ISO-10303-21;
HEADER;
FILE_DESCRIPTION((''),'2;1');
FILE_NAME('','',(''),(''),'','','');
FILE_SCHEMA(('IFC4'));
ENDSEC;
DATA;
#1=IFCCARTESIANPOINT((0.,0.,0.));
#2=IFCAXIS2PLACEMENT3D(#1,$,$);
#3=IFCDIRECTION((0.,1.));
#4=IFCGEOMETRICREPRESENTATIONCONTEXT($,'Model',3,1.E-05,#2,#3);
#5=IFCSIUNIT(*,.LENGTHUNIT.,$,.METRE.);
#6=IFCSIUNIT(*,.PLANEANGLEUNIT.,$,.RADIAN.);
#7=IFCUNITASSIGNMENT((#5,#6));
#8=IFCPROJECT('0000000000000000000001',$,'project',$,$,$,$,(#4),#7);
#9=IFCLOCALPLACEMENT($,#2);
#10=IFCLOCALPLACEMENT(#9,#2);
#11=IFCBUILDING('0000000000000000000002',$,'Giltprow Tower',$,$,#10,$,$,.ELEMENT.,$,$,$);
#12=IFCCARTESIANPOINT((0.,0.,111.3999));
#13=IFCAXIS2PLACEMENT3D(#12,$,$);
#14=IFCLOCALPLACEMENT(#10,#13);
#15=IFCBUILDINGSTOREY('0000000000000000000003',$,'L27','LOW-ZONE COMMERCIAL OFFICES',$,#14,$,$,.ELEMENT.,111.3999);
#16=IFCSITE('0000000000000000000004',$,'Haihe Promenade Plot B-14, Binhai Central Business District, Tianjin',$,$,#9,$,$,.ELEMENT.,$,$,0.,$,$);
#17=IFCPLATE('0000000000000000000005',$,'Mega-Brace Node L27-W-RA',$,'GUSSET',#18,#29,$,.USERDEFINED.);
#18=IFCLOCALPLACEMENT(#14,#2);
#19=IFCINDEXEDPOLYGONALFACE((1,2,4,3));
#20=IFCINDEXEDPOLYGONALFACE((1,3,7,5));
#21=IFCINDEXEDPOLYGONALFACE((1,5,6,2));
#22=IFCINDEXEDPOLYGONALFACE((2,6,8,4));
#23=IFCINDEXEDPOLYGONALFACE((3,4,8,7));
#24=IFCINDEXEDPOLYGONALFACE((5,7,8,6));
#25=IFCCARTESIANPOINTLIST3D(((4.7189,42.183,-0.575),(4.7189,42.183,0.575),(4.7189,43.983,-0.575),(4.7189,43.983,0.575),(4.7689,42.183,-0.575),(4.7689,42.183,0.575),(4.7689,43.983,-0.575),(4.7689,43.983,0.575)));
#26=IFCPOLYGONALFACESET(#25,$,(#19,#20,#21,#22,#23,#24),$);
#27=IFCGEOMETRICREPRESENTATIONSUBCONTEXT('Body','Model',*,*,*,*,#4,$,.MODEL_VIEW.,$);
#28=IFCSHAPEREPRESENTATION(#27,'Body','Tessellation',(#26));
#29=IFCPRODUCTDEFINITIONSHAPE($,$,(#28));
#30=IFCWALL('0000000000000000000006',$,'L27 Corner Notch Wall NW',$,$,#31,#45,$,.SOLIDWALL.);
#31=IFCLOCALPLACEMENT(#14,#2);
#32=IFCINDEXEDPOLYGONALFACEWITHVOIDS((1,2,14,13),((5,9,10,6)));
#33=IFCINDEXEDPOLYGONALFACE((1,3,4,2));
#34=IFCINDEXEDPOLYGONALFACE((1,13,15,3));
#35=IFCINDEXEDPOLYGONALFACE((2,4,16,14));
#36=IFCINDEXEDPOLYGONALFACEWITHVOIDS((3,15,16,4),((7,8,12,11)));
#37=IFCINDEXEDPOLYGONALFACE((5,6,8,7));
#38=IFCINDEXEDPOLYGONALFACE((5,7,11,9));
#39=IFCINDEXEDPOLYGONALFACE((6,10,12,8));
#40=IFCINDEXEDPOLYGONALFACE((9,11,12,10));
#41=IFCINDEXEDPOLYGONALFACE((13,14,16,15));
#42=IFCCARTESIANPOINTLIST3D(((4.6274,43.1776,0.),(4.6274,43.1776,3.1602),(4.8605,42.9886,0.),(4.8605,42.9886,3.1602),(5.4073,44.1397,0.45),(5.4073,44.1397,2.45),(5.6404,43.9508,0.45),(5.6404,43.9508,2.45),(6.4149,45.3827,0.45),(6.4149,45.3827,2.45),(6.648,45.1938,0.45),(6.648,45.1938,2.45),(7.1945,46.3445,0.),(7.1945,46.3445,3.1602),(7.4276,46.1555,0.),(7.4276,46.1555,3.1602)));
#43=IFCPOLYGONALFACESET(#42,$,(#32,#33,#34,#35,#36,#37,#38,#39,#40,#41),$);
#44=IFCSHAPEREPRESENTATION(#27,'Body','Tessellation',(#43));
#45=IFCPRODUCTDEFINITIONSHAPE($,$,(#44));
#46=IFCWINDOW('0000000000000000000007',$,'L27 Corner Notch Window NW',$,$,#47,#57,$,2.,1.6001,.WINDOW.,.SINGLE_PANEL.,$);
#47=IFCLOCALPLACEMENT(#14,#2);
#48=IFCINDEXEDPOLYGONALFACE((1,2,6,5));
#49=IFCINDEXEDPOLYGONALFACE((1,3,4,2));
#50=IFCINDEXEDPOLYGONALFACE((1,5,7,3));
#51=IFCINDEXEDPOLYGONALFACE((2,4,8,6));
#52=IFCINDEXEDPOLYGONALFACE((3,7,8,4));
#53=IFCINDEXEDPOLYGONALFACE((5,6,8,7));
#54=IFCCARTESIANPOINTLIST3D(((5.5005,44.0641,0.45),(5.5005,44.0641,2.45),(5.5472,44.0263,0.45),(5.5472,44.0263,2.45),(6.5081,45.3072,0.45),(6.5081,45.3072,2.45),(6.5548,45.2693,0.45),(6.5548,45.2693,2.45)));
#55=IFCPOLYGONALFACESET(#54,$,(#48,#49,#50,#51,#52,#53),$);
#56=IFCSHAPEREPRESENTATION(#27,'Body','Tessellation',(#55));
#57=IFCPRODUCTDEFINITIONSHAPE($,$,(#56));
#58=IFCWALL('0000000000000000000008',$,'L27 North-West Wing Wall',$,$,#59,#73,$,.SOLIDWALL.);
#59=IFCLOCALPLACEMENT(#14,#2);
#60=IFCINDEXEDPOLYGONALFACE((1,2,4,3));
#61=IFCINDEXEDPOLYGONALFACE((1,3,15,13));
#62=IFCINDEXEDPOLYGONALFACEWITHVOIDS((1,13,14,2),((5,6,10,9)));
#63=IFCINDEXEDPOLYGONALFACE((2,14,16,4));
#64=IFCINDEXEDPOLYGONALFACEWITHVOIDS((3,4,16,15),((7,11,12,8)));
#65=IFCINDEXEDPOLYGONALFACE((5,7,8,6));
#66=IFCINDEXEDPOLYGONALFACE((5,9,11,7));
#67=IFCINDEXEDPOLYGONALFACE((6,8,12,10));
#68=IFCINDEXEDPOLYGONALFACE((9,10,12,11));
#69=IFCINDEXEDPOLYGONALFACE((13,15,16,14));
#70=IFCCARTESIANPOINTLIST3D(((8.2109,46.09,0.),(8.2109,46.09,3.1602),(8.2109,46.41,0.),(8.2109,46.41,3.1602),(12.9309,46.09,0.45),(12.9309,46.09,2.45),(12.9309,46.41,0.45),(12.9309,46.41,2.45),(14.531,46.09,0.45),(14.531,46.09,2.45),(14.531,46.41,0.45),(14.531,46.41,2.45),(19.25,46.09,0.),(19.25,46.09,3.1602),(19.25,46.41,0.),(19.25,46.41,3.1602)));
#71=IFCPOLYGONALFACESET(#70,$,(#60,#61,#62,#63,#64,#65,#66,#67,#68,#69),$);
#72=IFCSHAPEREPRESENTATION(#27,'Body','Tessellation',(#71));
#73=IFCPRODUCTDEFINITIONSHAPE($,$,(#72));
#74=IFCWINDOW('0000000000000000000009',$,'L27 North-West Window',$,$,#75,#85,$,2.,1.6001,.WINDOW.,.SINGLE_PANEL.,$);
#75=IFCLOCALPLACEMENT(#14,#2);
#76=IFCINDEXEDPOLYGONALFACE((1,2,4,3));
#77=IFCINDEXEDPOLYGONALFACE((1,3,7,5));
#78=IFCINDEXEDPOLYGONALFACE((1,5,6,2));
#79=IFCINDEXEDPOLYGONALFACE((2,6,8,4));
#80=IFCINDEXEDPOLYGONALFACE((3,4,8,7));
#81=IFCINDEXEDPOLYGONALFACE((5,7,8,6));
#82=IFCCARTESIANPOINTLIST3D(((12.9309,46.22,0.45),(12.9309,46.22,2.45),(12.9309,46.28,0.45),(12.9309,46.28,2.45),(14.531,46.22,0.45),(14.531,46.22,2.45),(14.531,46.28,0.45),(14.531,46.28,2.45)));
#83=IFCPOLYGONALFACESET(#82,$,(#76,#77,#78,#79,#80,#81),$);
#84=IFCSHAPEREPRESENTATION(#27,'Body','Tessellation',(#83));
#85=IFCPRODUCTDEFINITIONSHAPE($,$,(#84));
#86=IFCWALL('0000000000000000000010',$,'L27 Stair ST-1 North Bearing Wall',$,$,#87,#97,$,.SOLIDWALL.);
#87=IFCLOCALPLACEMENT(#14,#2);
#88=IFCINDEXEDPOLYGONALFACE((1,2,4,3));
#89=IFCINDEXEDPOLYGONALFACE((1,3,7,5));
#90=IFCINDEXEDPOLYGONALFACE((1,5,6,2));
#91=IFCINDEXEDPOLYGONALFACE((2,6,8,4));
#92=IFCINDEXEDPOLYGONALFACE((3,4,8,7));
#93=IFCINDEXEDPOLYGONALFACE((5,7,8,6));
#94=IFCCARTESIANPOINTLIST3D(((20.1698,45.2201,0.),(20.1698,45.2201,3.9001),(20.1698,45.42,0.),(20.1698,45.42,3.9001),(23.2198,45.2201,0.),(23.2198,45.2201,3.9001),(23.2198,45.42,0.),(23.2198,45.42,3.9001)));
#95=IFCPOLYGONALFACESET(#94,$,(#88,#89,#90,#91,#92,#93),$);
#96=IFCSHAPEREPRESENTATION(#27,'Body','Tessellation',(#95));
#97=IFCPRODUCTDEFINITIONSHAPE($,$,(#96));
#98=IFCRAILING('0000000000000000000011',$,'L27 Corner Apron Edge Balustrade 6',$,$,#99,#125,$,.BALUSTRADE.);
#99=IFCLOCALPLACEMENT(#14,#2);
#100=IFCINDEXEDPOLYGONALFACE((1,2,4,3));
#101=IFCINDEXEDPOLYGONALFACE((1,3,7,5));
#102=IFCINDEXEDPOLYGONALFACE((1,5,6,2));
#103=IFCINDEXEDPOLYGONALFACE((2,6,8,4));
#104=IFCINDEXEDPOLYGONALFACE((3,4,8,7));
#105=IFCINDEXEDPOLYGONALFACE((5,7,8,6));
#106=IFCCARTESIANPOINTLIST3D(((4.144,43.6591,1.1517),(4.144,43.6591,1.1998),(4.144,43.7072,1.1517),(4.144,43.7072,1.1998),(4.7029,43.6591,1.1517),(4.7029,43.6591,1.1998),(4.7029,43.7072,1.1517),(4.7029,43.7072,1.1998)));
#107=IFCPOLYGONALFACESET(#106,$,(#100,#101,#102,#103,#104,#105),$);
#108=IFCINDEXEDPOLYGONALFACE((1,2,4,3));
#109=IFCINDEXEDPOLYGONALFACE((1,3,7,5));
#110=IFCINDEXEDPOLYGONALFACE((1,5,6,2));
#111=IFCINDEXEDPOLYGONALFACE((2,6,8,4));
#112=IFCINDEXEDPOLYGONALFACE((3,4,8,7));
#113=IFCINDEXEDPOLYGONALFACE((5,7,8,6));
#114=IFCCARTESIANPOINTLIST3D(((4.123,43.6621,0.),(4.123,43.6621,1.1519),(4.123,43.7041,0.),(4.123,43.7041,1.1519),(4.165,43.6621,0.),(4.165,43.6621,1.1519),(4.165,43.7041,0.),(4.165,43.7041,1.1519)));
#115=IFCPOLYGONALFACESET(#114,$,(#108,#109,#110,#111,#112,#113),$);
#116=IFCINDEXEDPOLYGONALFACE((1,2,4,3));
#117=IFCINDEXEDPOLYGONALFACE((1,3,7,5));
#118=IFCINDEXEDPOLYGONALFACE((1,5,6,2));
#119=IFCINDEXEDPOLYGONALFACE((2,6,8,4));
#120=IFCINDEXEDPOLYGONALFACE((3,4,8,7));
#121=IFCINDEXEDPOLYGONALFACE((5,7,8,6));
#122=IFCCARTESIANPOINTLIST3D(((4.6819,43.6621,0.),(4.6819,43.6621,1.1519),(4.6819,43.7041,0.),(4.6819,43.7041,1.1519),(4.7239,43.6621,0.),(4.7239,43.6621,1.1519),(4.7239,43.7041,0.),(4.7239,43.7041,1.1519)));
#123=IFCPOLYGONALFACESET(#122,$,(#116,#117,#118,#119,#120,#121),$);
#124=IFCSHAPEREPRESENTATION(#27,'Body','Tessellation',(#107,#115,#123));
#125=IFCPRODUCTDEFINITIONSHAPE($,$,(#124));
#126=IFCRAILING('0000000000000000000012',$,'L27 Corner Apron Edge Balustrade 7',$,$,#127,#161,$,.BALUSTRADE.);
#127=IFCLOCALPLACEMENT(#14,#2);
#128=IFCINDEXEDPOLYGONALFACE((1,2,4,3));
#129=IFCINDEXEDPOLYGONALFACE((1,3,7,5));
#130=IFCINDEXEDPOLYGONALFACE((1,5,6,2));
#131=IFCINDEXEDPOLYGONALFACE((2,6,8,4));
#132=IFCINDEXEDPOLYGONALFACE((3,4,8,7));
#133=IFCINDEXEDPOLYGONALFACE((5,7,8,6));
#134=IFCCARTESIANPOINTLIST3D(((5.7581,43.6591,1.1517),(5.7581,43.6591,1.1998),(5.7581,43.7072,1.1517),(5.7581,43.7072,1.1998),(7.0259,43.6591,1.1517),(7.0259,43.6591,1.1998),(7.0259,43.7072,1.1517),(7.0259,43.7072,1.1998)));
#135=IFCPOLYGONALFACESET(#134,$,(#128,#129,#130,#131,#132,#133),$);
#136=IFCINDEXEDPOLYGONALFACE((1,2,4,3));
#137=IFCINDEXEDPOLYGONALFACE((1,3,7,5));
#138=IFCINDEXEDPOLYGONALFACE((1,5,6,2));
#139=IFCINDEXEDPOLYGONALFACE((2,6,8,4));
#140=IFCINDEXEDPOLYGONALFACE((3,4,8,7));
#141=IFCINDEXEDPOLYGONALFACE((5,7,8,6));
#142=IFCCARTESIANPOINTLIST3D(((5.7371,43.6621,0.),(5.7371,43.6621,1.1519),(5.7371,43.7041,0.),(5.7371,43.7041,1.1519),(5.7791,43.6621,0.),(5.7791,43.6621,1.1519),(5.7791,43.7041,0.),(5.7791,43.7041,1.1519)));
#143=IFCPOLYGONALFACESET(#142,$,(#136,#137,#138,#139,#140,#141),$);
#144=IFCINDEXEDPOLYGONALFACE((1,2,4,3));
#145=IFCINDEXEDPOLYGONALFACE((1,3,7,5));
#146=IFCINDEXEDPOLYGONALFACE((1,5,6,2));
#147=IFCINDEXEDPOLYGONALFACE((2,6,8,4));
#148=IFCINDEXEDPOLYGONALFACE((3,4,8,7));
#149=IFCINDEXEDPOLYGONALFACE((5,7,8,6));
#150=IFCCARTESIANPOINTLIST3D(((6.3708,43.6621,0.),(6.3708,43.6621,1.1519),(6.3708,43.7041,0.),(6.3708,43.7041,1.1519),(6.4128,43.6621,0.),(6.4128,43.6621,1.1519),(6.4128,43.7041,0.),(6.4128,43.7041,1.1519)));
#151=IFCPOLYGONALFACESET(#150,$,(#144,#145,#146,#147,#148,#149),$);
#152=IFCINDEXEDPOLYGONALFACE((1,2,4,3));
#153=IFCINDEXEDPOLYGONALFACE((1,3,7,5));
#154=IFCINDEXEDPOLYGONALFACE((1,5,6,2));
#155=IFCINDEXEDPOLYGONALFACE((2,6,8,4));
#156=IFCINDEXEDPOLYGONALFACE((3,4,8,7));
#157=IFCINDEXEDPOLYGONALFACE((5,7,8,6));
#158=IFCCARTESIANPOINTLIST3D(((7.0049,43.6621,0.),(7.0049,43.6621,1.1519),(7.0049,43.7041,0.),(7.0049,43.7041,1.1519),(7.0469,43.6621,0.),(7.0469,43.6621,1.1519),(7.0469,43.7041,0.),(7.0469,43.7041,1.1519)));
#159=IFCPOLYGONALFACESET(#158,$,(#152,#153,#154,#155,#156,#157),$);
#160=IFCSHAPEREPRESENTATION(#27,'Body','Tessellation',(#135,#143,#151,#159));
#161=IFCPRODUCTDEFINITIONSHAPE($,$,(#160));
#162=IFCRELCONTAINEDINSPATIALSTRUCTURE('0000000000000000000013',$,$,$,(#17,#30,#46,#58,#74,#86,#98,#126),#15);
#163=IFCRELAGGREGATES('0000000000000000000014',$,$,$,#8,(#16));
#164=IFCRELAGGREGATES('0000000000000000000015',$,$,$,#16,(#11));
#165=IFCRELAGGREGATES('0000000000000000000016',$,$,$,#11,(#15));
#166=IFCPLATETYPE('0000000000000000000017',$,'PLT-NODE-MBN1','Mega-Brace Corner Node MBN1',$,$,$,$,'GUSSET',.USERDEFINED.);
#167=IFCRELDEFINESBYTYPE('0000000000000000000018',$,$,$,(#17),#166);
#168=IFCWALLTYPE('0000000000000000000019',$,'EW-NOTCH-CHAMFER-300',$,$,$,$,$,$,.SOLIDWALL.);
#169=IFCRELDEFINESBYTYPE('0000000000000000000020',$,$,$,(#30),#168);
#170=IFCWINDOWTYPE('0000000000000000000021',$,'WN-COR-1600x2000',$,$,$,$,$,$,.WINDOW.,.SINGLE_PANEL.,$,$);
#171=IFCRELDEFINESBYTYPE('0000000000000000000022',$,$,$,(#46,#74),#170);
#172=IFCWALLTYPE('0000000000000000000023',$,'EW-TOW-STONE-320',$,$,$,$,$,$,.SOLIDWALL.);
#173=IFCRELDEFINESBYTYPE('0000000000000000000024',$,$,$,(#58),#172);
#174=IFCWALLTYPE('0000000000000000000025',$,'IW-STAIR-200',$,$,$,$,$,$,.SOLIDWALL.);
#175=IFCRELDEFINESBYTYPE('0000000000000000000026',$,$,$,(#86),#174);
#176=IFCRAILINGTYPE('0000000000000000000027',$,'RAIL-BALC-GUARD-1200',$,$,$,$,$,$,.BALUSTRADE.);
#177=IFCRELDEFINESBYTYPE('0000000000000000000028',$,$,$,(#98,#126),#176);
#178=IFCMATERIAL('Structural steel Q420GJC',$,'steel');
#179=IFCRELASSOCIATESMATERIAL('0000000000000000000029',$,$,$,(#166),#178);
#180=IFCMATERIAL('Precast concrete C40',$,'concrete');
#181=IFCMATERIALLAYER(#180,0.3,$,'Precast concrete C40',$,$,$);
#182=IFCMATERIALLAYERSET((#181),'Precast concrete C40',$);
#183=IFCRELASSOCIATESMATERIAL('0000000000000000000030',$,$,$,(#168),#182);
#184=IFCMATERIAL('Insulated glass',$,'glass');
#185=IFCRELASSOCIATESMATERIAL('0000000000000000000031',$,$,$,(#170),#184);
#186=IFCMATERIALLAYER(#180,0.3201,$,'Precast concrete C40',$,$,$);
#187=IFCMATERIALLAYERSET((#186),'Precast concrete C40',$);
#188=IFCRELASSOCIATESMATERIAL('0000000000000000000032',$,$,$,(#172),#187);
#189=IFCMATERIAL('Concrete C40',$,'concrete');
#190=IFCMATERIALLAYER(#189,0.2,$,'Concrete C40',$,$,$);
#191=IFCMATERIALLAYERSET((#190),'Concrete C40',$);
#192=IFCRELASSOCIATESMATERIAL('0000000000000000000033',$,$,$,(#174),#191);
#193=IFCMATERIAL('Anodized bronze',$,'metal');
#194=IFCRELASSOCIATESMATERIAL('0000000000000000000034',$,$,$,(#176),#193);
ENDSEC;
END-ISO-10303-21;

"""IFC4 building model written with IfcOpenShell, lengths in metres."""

from ifc_helpers import new_model, si_unit, direction, frame, frame_2d, origin, origin_2d, place, context, subcontext, project, spatial, rectangle, extrude, source, transform, mapped, material, layer, layer_set, type_object, element, fill, save


model = new_model("IFC4")

# Units and contexts
model_context = context("Model", 3, precision=1e-05, world=origin(), true_north=direction((0.0, 1.0)))
body_context = subcontext(model_context, "Body", "Model", "MODEL_VIEW")
ifc_project = project(units=[si_unit("LENGTHUNIT", "METRE"), si_unit("PLANEANGLEUNIT", "RADIAN")], contexts=[model_context])

# Site, building, storey
site_placement = place(None, origin())
site = spatial("IfcSite", under=ifc_project, at=site_placement, Name="Haihe Promenade Plot B-14, Binhai Central Business District, Tianjin", CompositionType="ELEMENT", RefElevation=0.0)
building_placement = place(site_placement, origin())
building = spatial("IfcBuilding", under=site, at=building_placement, Name="Giltprow Tower", CompositionType="ELEMENT")
storey_placement = place(building_placement, frame((0.0, 0.0, 111.3999)))
storey = spatial("IfcBuildingStorey", under=building, at=storey_placement, Name="L27", Description="LOW-ZONE COMMERCIAL OFFICES", CompositionType="ELEMENT", Elevation=111.3999)

# Shared definitions
ifc_material_1 = material(Name="Structural steel Q420GJC", Category="steel")

# Plate
plate_type = type_object("IfcPlateType", Name="PLT-NODE-MBN1", Description="Mega-Brace Corner Node MBN1", ElementType="GUSSET", PredefinedType="USERDEFINED", material=ifc_material_1)
shared_shape_1 = source(origin(), body_context, "Body", "SweptSolid", [
    extrude(rectangle(XDim=1.8, YDim=0.05, at=origin_2d()), origin(), (0.0, 0.0, 1.0), 1.1499),
])
for number, where, z_axis, x_axis, name in (
    (1, (4.7439, 43.083, -0.575), (0.0, 0.0, 1.0), (0.0, 1.0, 0.0), "Mega-Brace Node L27-W-RA"),
):
    element("IfcPlate", number, at=place(storey_placement, frame(where, z_axis=z_axis, x_axis=x_axis)), inside=storey, type_object=plate_type, Name=name, ObjectType="GUSSET", PredefinedType="USERDEFINED", context=body_context, shape_type="MappedRepresentation", body=[
        mapped(shared_shape_1, transform((0.0, 0.0, 0.0), x_axis=(1.0, 0.0, 0.0), y_axis=(0.0, 1.0, 0.0), z_axis=(0.0, 0.0, 1.0), scale=1.0)),
    ])

# Walls, openings, windows
ifc_material_2 = material(Name="Precast concrete C40", Category="concrete")
ifc_layer_1 = layer(ifc_material_2, 0.3, Name="Precast concrete C40")
ifc_layer_set_1 = layer_set([ifc_layer_1], Name="Precast concrete C40")
wall_type_1 = type_object("IfcWallType", Name="EW-NOTCH-CHAMFER-300", PredefinedType="SOLIDWALL", material=ifc_layer_set_1)
wall_1_placement = place(storey_placement, frame((7.311, 46.25, 0.0), z_axis=(0.0, 0.0, 1.0), x_axis=(-0.629699, -0.776839, 0.0)))
wall_1 = element("IfcWall", 2, at=wall_1_placement, inside=storey, type_object=wall_type_1, Name="L27 Corner Notch Wall NW", PredefinedType="SOLIDWALL", context=body_context, shape_type="SweptSolid", body=[
    extrude(rectangle(XDim=4.0767, YDim=0.3, at=frame_2d((2.0383, 0.0))), origin(), (0.0, 0.0, 1.0), 3.1602),
])
opening_1_placement = place(wall_1_placement, frame((1.238, 0.0, 0.45)))
opening_1 = element("IfcOpeningElement", 3, at=opening_1_placement, cuts=wall_1, PredefinedType="OPENING", context=body_context, shape_type="SweptSolid", body=[
    extrude(rectangle(XDim=1.6001, YDim=2.0, at=frame_2d((0.8, 1.0))), frame((0.0, 0.1599, 0.0), z_axis=(0.0, -1.0, 0.0), x_axis=(1.0, 0.0, 0.0)), (0.0, 0.0, 1.0), 0.3201),
])
ifc_material_3 = material(Name="Insulated glass", Category="glass")
window_type = type_object("IfcWindowType", Name="WN-COR-1600x2000", PartitioningType="SINGLE_PANEL", PredefinedType="WINDOW", material=ifc_material_3)
shared_shape_2 = source(origin(), body_context, "Body", "SweptSolid", [
    extrude(rectangle(XDim=1.6001, YDim=2.0, at=frame_2d((0.8, 1.0))), frame((0.0, 0.03, 0.0), z_axis=(0.0, -1.0, 0.0), x_axis=(1.0, 0.0, 0.0)), (0.0, 0.0, 1.0), 0.0601),
])
window_1_placement = place(opening_1_placement, origin())
window_1 = element("IfcWindow", 4, at=window_1_placement, inside=storey, type_object=window_type, Name="L27 Corner Notch Window NW", OverallHeight=2.0, OverallWidth=1.6001, PartitioningType="SINGLE_PANEL", PredefinedType="WINDOW", context=body_context, shape_type="MappedRepresentation", body=[
    mapped(shared_shape_2, transform((0.0, 0.0, 0.0), x_axis=(1.0, 0.0, 0.0), y_axis=(0.0, 1.0, 0.0), z_axis=(0.0, 0.0, 1.0), scale=1.0)),
])
fill(opening_1, window_1)
ifc_layer_2 = layer(ifc_material_2, 0.3201, Name="Precast concrete C40")
ifc_layer_set_2 = layer_set([ifc_layer_2], Name="Precast concrete C40")
wall_type_2 = type_object("IfcWallType", Name="EW-TOW-STONE-320", PredefinedType="SOLIDWALL", material=ifc_layer_set_2)
wall_2_placement = place(storey_placement, frame((8.2109, 46.25, 0.0), z_axis=(0.0, 0.0, 1.0), x_axis=(1.0, 0.0, 0.0)))
wall_2 = element("IfcWall", 5, at=wall_2_placement, inside=storey, type_object=wall_type_2, Name="L27 North-West Wing Wall", PredefinedType="SOLIDWALL", context=body_context, shape_type="SweptSolid", body=[
    extrude(rectangle(XDim=11.0391, YDim=0.3201, at=frame_2d((5.5195, 0.0))), origin(), (0.0, 0.0, 1.0), 3.1602),
])
opening_2_placement = place(wall_2_placement, frame((4.72, 0.0, 0.45)))
opening_2 = element("IfcOpeningElement", 6, at=opening_2_placement, cuts=wall_2, PredefinedType="OPENING", context=body_context, shape_type="SweptSolid", body=[
    extrude(rectangle(XDim=1.6001, YDim=2.0, at=frame_2d((0.8, 1.0))), frame((0.0, 0.1699, 0.0), z_axis=(0.0, -1.0, 0.0), x_axis=(1.0, 0.0, 0.0)), (0.0, 0.0, 1.0), 0.3401),
])
window_2_placement = place(opening_2_placement, origin())
window_2 = element("IfcWindow", 7, at=window_2_placement, inside=storey, type_object=window_type, Name="L27 North-West Window", OverallHeight=2.0, OverallWidth=1.6001, PartitioningType="SINGLE_PANEL", PredefinedType="WINDOW", context=body_context, shape_type="MappedRepresentation", body=[
    mapped(shared_shape_2, transform((0.0, 0.0, 0.0), x_axis=(1.0, 0.0, 0.0), y_axis=(0.0, 1.0, 0.0), z_axis=(0.0, 0.0, 1.0), scale=1.0)),
])
fill(opening_2, window_2)

# Wall
ifc_material_4 = material(Name="Concrete C40", Category="concrete")
ifc_layer_3 = layer(ifc_material_4, 0.2, Name="Concrete C40")
ifc_layer_set_3 = layer_set([ifc_layer_3], Name="Concrete C40")
wall_type_3 = type_object("IfcWallType", Name="IW-STAIR-200", PredefinedType="SOLIDWALL", material=ifc_layer_set_3)
wall_3_placement = place(storey_placement, frame((20.1699, 45.3201, 0.0), z_axis=(0.0, 0.0, 1.0), x_axis=(1.0, 0.0, 0.0)))
element("IfcWall", 8, at=wall_3_placement, inside=storey, type_object=wall_type_3, Name="L27 Stair ST-1 North Bearing Wall", PredefinedType="SOLIDWALL", context=body_context, shape_type="SweptSolid", body=[
    extrude(rectangle(XDim=3.05, YDim=0.2, at=frame_2d((1.5249, 0.0))), origin(), (0.0, 0.0, 1.0), 3.9001),
])

# Railings
ifc_material_5 = material(Name="Anodized bronze", Category="metal")
railing_type = type_object("IfcRailingType", Name="RAIL-BALC-GUARD-1200", PredefinedType="BALUSTRADE", material=ifc_material_5)
railing_1_placement = place(storey_placement, frame((4.144, 43.6831, 0.0)))
element("IfcRailing", 9, at=railing_1_placement, inside=storey, type_object=railing_type, Name="L27 Corner Apron Edge Balustrade 6", PredefinedType="BALUSTRADE", context=body_context, shape_type="SweptSolid", body=[
    extrude(rectangle(XDim=0.0481, YDim=0.0481, at=origin_2d()), frame((0.0, 0.0, 1.1758), z_axis=(1.0, 0.0, 0.0), x_axis=(0.0, 1.0, 0.0)), (0.0, 0.0, 1.0), 0.5588),
    extrude(rectangle(XDim=0.042, YDim=0.042, at=origin_2d()), origin(), (0.0, 0.0, 1.0), 1.1519),
    extrude(rectangle(XDim=0.042, YDim=0.042, at=origin_2d()), frame((0.5588, 0.0, 0.0)), (0.0, 0.0, 1.0), 1.1519),
])
railing_2_placement = place(storey_placement, frame((5.7581, 43.6831, 0.0)))
element("IfcRailing", 10, at=railing_2_placement, inside=storey, type_object=railing_type, Name="L27 Corner Apron Edge Balustrade 7", PredefinedType="BALUSTRADE", context=body_context, shape_type="SweptSolid", body=[
    extrude(rectangle(XDim=0.0481, YDim=0.0481, at=origin_2d()), frame((0.0, 0.0, 1.1758), z_axis=(1.0, 0.0, 0.0), x_axis=(0.0, 1.0, 0.0)), (0.0, 0.0, 1.0), 1.2678),
    extrude(rectangle(XDim=0.042, YDim=0.042, at=origin_2d()), origin(), (0.0, 0.0, 1.0), 1.1519),
    extrude(rectangle(XDim=0.042, YDim=0.042, at=origin_2d()), frame((0.6338, 0.0, 0.0)), (0.0, 0.0, 1.0), 1.1519),
    extrude(rectangle(XDim=0.042, YDim=0.042, at=origin_2d()), frame((1.2678, 0.0, 0.0)), (0.0, 0.0, 1.0), 1.1519),
])

save(model, "model.ifc")
